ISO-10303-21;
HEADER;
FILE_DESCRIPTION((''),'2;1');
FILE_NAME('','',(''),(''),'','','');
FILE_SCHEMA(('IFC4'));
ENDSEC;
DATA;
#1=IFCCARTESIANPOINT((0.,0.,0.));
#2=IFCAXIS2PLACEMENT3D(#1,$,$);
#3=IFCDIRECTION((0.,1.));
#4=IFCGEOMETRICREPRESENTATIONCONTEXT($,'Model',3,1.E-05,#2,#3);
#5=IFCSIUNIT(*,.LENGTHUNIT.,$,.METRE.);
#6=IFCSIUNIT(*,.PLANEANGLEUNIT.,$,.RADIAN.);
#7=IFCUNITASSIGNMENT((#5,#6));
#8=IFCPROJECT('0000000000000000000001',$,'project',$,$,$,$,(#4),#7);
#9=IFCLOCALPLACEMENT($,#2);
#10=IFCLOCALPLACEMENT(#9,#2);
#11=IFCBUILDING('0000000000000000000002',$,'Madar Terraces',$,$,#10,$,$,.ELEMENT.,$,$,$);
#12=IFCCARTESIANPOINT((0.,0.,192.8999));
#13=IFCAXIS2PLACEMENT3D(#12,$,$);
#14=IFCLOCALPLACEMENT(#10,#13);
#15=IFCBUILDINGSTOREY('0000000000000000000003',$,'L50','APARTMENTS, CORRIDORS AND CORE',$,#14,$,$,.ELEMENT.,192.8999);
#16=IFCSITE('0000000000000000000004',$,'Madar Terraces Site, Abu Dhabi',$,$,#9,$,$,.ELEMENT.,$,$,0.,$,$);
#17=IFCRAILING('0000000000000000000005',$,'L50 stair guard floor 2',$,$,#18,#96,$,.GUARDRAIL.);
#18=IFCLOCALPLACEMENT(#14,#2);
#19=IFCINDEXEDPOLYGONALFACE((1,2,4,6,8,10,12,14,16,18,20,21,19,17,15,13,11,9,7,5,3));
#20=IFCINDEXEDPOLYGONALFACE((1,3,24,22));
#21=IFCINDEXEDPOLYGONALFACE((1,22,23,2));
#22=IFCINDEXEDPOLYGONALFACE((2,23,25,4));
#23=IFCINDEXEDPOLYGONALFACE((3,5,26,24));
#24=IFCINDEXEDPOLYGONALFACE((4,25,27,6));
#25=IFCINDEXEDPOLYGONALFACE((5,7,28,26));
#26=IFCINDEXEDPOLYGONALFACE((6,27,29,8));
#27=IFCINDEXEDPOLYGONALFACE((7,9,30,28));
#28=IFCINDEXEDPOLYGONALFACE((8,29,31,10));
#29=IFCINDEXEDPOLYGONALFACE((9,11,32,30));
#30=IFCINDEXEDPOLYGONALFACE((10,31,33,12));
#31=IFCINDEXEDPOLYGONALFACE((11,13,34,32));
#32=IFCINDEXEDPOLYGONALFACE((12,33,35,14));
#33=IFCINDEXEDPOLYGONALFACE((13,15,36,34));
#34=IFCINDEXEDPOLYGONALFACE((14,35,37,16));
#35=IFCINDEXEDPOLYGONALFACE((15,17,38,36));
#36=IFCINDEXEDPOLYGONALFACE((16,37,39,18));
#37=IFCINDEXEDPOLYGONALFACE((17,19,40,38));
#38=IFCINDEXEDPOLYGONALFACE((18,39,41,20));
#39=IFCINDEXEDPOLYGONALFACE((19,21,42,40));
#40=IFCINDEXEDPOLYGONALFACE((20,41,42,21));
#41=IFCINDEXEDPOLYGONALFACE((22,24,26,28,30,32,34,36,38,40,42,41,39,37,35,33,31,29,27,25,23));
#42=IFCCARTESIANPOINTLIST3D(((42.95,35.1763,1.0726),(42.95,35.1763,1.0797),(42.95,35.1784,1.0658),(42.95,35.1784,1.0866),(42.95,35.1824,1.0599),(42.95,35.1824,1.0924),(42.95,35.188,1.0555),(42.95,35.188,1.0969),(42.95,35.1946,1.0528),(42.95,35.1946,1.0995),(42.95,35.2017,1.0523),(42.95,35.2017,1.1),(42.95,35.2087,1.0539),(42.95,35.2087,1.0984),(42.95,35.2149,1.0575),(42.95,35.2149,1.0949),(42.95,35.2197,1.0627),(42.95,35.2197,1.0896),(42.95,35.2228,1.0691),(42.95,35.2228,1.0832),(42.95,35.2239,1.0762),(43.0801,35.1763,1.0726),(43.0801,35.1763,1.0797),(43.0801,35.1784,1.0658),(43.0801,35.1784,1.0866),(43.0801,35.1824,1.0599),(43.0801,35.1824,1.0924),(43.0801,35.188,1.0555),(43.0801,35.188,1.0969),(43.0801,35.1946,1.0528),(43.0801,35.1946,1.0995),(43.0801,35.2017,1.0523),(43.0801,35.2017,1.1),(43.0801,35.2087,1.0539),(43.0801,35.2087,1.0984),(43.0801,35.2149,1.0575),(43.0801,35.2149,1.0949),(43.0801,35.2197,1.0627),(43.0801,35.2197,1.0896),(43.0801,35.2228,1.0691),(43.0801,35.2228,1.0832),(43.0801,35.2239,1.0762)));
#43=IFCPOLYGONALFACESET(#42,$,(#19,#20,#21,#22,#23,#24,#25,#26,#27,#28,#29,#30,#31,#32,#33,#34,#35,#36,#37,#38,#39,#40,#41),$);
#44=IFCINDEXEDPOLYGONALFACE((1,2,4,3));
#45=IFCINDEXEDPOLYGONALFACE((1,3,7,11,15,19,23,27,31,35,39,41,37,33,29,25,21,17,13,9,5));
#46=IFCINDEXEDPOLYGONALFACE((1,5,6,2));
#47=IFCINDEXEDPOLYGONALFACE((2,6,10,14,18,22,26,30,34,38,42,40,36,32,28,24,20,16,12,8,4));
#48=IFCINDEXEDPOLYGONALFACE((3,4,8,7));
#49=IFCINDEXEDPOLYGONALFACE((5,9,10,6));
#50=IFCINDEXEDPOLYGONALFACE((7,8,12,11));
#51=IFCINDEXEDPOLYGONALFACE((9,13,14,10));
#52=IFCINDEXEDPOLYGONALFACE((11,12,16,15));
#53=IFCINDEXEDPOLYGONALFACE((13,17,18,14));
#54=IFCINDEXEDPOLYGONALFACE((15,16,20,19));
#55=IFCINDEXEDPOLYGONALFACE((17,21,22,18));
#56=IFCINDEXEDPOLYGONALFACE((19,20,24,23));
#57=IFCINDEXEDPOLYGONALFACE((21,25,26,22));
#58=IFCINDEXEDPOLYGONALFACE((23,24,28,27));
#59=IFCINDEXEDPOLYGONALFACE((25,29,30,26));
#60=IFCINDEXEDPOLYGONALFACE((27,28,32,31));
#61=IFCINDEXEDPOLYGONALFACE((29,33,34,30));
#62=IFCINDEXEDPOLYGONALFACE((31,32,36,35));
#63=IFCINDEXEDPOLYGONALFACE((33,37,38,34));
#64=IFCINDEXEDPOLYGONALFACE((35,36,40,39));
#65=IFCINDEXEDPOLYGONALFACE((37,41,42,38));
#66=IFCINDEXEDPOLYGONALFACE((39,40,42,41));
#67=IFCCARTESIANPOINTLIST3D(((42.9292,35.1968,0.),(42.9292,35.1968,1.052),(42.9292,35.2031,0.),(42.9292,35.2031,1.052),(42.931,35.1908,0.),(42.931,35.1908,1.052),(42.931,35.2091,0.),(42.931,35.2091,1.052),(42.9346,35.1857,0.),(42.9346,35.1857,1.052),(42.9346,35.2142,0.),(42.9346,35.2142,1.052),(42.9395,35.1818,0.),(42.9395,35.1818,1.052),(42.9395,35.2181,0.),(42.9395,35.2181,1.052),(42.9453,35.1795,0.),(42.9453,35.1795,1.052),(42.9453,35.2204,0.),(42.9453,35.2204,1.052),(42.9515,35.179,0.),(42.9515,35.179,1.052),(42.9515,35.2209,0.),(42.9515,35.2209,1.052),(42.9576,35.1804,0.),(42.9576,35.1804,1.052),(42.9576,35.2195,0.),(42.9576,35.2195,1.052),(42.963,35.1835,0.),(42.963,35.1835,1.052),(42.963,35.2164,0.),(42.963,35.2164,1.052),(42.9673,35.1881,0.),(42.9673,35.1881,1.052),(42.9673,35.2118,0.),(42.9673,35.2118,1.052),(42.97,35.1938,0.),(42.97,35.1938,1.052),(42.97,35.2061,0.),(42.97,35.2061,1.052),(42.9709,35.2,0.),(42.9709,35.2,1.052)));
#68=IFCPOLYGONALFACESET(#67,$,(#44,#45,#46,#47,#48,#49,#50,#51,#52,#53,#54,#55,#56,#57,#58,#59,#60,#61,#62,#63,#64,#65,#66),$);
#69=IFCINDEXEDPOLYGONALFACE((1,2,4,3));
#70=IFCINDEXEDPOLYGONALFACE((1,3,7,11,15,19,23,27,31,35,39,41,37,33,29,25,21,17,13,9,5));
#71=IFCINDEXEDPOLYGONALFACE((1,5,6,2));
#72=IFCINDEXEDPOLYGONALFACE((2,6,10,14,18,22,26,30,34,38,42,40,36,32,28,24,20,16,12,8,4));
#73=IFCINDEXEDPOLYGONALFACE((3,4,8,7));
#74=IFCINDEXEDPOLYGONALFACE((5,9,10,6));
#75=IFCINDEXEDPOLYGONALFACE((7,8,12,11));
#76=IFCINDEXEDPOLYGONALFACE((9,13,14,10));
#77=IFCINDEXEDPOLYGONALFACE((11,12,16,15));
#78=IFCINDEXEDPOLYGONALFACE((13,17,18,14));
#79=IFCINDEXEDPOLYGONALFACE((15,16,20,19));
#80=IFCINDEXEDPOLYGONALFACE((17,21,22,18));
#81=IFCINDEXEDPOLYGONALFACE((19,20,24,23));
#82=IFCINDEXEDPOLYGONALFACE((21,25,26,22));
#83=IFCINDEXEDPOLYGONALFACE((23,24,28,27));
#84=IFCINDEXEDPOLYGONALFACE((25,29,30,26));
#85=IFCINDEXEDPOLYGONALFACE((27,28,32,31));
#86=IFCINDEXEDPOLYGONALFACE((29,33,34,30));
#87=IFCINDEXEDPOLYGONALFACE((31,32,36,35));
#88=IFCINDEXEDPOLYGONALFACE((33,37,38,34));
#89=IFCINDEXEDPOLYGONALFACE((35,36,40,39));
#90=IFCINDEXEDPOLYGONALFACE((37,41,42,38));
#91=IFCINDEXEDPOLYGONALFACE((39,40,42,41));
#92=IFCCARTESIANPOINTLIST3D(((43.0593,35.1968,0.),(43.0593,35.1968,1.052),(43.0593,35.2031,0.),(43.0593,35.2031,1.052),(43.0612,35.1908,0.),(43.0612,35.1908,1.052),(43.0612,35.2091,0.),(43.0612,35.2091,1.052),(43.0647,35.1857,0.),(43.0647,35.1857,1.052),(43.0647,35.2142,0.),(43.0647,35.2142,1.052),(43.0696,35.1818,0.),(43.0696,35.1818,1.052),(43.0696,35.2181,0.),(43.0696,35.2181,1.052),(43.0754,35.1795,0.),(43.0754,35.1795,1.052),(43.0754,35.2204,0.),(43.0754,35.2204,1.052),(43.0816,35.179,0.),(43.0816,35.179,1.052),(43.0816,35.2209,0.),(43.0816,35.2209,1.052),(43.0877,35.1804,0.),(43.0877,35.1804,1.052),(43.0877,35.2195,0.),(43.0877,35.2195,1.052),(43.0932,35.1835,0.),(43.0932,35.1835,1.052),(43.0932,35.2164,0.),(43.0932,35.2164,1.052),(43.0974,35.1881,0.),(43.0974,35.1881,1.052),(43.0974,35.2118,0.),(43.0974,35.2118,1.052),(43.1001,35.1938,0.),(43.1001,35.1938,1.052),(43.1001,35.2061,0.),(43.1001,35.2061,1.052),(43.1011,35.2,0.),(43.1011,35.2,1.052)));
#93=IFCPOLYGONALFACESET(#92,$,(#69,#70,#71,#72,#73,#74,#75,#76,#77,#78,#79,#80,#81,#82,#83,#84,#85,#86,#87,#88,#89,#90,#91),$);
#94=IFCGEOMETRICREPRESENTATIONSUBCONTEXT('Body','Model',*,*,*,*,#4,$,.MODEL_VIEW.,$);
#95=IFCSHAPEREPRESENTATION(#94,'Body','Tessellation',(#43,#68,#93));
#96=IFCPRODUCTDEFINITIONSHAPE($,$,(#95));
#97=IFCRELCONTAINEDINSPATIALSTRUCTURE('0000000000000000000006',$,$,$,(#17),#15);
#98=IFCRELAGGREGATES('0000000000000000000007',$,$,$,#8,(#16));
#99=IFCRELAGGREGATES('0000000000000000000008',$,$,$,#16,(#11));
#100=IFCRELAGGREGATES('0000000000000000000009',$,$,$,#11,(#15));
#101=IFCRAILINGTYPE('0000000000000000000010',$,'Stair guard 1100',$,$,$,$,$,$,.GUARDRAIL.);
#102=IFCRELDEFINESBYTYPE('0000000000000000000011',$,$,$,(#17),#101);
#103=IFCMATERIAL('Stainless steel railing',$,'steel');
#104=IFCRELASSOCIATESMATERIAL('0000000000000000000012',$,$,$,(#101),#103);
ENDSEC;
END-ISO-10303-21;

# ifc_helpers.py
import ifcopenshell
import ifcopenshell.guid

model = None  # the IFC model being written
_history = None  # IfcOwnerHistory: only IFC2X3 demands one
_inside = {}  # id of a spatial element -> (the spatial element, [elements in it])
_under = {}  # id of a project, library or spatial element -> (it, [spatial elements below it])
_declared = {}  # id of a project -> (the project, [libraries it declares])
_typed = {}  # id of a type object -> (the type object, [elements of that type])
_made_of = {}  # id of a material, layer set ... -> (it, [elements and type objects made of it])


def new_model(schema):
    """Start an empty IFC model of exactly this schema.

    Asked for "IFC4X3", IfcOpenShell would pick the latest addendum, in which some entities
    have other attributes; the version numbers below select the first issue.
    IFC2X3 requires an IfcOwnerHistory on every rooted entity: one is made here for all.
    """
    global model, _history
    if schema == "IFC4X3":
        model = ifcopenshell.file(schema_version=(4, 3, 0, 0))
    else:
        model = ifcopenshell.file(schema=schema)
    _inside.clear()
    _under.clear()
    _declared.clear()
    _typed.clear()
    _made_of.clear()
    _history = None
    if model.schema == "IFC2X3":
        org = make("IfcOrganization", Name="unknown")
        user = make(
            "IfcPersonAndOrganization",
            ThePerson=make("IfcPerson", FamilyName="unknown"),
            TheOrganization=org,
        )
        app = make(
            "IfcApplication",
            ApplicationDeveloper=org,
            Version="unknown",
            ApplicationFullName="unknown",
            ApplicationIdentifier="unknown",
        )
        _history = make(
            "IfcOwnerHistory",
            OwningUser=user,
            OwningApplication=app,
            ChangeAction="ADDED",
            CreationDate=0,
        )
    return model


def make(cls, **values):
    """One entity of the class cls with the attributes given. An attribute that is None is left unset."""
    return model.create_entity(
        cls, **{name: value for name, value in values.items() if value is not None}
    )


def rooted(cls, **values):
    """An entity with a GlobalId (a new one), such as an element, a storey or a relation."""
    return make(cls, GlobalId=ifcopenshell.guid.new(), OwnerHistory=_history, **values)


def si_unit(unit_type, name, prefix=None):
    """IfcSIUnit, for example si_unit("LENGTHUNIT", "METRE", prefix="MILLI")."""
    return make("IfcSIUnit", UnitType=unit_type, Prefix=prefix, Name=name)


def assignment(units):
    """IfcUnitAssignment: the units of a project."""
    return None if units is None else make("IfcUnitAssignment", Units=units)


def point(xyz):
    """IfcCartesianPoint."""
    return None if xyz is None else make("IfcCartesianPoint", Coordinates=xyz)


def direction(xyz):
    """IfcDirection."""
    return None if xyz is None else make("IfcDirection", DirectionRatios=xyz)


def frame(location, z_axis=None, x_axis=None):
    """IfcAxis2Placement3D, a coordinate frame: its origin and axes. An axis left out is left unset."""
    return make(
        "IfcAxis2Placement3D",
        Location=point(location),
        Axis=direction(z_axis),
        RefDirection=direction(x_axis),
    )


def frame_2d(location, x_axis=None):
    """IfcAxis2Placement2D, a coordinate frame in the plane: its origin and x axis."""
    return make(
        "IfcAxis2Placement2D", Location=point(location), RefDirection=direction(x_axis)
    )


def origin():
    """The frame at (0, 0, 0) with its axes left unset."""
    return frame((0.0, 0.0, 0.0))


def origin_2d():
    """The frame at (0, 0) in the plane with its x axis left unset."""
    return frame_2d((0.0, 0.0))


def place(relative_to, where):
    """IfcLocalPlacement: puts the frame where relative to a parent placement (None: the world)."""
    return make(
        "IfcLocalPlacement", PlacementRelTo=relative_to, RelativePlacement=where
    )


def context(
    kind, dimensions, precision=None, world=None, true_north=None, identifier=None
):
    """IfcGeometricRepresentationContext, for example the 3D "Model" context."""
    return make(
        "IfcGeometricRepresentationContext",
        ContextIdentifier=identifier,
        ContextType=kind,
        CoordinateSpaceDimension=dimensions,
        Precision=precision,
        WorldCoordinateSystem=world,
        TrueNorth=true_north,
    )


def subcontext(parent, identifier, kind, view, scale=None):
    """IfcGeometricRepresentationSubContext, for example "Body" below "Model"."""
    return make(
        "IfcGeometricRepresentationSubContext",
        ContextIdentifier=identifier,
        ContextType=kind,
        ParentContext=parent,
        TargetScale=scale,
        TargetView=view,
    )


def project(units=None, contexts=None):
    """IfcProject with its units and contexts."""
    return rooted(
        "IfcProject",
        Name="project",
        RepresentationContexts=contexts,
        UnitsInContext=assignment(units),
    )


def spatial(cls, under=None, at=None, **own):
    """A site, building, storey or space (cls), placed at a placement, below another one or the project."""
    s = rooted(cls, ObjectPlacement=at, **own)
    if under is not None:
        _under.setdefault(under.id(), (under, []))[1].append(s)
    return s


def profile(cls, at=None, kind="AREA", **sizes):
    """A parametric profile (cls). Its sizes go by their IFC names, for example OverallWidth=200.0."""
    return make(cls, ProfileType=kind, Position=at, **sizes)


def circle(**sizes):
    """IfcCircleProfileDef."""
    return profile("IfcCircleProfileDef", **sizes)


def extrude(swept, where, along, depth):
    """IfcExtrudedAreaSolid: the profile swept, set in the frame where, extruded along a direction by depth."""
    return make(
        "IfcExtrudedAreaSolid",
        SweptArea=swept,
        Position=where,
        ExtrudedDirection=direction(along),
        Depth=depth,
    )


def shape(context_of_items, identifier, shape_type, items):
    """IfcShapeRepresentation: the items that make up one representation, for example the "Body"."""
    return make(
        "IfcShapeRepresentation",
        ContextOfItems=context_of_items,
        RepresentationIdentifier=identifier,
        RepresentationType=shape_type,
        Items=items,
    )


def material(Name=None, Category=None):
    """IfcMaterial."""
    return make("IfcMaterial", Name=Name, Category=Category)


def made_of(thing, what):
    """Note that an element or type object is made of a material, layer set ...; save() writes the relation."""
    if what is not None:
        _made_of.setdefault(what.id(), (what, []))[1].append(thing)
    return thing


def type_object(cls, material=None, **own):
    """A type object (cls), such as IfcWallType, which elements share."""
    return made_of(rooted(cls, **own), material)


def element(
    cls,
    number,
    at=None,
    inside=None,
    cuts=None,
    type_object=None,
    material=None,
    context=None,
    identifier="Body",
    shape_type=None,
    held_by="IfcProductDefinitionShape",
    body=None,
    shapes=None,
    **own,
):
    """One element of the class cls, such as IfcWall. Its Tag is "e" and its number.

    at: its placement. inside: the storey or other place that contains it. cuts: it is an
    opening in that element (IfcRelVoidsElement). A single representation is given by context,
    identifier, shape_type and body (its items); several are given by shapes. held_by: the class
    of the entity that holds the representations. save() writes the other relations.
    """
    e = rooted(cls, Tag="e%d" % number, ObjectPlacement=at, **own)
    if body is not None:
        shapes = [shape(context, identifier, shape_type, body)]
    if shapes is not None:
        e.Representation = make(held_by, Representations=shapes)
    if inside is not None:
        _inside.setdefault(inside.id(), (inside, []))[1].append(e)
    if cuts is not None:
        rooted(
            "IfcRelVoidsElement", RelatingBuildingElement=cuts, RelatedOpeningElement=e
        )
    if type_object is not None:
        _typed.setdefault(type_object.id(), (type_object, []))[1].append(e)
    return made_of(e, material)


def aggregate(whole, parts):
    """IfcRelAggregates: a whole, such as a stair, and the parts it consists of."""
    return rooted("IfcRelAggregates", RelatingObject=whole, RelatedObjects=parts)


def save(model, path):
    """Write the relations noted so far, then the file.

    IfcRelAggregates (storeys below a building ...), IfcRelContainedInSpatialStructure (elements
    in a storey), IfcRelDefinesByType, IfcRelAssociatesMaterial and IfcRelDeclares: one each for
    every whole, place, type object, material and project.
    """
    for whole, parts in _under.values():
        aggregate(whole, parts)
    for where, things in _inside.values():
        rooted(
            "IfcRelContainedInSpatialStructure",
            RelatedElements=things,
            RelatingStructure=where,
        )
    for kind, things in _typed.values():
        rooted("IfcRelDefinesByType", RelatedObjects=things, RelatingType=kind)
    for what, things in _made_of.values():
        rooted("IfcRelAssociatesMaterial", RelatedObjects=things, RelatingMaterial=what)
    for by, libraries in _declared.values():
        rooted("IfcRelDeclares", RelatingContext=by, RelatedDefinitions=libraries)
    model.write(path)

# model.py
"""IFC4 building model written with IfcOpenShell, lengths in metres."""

from ifc_helpers import new_model, si_unit, direction, frame, origin, origin_2d, place, context, subcontext, project, spatial, circle, extrude, material, type_object, element, save


model = new_model("IFC4")

# Units and contexts
model_context = context("Model", 3, precision=1e-05, world=origin(), true_north=direction((0.0, 1.0)))
body_context = subcontext(model_context, "Body", "Model", "MODEL_VIEW")
ifc_project = project(units=[si_unit("LENGTHUNIT", "METRE"), si_unit("PLANEANGLEUNIT", "RADIAN")], contexts=[model_context])

# Site, building, storey
site_placement = place(None, origin())
site = spatial("IfcSite", under=ifc_project, at=site_placement, Name="Madar Terraces Site, Abu Dhabi", CompositionType="ELEMENT", RefElevation=0.0)
building_placement = place(site_placement, origin())
building = spatial("IfcBuilding", under=site, at=building_placement, Name="Madar Terraces", CompositionType="ELEMENT")
storey_placement = place(building_placement, frame((0.0, 0.0, 192.8999)))
storey = spatial("IfcBuildingStorey", under=building, at=storey_placement, Name="L50", Description="APARTMENTS, CORRIDORS AND CORE", CompositionType="ELEMENT", Elevation=192.8999)

# Railing
ifc_material_1 = material(Name="Stainless steel railing", Category="steel")
railing_type_1 = type_object("IfcRailingType", Name="Stair guard 1100", PredefinedType="GUARDRAIL", material=ifc_material_1)
railing_1_placement = place(storey_placement, frame((42.95, 35.2, 0.0)))
element("IfcRailing", 1, at=railing_1_placement, inside=storey, type_object=railing_type_1, Name="L50 stair guard floor 2", PredefinedType="GUARDRAIL", context=body_context, shape_type="SweptSolid", body=[
    extrude(circle(Radius=0.0239, at=origin_2d()), frame((0.0, 0.0, 1.0762), z_axis=(1.0, 0.0, 0.0), x_axis=(0.0, 1.0, 0.0)), (0.0, 0.0, 1.0), 0.1301),
    extrude(circle(Radius=0.021, at=origin_2d()), origin(), (0.0, 0.0, 1.0), 1.052),
    extrude(circle(Radius=0.021, at=origin_2d()), frame((0.1301, 0.0, 0.0)), (0.0, 0.0, 1.0), 1.052),
])

save(model, "model.ifc")
